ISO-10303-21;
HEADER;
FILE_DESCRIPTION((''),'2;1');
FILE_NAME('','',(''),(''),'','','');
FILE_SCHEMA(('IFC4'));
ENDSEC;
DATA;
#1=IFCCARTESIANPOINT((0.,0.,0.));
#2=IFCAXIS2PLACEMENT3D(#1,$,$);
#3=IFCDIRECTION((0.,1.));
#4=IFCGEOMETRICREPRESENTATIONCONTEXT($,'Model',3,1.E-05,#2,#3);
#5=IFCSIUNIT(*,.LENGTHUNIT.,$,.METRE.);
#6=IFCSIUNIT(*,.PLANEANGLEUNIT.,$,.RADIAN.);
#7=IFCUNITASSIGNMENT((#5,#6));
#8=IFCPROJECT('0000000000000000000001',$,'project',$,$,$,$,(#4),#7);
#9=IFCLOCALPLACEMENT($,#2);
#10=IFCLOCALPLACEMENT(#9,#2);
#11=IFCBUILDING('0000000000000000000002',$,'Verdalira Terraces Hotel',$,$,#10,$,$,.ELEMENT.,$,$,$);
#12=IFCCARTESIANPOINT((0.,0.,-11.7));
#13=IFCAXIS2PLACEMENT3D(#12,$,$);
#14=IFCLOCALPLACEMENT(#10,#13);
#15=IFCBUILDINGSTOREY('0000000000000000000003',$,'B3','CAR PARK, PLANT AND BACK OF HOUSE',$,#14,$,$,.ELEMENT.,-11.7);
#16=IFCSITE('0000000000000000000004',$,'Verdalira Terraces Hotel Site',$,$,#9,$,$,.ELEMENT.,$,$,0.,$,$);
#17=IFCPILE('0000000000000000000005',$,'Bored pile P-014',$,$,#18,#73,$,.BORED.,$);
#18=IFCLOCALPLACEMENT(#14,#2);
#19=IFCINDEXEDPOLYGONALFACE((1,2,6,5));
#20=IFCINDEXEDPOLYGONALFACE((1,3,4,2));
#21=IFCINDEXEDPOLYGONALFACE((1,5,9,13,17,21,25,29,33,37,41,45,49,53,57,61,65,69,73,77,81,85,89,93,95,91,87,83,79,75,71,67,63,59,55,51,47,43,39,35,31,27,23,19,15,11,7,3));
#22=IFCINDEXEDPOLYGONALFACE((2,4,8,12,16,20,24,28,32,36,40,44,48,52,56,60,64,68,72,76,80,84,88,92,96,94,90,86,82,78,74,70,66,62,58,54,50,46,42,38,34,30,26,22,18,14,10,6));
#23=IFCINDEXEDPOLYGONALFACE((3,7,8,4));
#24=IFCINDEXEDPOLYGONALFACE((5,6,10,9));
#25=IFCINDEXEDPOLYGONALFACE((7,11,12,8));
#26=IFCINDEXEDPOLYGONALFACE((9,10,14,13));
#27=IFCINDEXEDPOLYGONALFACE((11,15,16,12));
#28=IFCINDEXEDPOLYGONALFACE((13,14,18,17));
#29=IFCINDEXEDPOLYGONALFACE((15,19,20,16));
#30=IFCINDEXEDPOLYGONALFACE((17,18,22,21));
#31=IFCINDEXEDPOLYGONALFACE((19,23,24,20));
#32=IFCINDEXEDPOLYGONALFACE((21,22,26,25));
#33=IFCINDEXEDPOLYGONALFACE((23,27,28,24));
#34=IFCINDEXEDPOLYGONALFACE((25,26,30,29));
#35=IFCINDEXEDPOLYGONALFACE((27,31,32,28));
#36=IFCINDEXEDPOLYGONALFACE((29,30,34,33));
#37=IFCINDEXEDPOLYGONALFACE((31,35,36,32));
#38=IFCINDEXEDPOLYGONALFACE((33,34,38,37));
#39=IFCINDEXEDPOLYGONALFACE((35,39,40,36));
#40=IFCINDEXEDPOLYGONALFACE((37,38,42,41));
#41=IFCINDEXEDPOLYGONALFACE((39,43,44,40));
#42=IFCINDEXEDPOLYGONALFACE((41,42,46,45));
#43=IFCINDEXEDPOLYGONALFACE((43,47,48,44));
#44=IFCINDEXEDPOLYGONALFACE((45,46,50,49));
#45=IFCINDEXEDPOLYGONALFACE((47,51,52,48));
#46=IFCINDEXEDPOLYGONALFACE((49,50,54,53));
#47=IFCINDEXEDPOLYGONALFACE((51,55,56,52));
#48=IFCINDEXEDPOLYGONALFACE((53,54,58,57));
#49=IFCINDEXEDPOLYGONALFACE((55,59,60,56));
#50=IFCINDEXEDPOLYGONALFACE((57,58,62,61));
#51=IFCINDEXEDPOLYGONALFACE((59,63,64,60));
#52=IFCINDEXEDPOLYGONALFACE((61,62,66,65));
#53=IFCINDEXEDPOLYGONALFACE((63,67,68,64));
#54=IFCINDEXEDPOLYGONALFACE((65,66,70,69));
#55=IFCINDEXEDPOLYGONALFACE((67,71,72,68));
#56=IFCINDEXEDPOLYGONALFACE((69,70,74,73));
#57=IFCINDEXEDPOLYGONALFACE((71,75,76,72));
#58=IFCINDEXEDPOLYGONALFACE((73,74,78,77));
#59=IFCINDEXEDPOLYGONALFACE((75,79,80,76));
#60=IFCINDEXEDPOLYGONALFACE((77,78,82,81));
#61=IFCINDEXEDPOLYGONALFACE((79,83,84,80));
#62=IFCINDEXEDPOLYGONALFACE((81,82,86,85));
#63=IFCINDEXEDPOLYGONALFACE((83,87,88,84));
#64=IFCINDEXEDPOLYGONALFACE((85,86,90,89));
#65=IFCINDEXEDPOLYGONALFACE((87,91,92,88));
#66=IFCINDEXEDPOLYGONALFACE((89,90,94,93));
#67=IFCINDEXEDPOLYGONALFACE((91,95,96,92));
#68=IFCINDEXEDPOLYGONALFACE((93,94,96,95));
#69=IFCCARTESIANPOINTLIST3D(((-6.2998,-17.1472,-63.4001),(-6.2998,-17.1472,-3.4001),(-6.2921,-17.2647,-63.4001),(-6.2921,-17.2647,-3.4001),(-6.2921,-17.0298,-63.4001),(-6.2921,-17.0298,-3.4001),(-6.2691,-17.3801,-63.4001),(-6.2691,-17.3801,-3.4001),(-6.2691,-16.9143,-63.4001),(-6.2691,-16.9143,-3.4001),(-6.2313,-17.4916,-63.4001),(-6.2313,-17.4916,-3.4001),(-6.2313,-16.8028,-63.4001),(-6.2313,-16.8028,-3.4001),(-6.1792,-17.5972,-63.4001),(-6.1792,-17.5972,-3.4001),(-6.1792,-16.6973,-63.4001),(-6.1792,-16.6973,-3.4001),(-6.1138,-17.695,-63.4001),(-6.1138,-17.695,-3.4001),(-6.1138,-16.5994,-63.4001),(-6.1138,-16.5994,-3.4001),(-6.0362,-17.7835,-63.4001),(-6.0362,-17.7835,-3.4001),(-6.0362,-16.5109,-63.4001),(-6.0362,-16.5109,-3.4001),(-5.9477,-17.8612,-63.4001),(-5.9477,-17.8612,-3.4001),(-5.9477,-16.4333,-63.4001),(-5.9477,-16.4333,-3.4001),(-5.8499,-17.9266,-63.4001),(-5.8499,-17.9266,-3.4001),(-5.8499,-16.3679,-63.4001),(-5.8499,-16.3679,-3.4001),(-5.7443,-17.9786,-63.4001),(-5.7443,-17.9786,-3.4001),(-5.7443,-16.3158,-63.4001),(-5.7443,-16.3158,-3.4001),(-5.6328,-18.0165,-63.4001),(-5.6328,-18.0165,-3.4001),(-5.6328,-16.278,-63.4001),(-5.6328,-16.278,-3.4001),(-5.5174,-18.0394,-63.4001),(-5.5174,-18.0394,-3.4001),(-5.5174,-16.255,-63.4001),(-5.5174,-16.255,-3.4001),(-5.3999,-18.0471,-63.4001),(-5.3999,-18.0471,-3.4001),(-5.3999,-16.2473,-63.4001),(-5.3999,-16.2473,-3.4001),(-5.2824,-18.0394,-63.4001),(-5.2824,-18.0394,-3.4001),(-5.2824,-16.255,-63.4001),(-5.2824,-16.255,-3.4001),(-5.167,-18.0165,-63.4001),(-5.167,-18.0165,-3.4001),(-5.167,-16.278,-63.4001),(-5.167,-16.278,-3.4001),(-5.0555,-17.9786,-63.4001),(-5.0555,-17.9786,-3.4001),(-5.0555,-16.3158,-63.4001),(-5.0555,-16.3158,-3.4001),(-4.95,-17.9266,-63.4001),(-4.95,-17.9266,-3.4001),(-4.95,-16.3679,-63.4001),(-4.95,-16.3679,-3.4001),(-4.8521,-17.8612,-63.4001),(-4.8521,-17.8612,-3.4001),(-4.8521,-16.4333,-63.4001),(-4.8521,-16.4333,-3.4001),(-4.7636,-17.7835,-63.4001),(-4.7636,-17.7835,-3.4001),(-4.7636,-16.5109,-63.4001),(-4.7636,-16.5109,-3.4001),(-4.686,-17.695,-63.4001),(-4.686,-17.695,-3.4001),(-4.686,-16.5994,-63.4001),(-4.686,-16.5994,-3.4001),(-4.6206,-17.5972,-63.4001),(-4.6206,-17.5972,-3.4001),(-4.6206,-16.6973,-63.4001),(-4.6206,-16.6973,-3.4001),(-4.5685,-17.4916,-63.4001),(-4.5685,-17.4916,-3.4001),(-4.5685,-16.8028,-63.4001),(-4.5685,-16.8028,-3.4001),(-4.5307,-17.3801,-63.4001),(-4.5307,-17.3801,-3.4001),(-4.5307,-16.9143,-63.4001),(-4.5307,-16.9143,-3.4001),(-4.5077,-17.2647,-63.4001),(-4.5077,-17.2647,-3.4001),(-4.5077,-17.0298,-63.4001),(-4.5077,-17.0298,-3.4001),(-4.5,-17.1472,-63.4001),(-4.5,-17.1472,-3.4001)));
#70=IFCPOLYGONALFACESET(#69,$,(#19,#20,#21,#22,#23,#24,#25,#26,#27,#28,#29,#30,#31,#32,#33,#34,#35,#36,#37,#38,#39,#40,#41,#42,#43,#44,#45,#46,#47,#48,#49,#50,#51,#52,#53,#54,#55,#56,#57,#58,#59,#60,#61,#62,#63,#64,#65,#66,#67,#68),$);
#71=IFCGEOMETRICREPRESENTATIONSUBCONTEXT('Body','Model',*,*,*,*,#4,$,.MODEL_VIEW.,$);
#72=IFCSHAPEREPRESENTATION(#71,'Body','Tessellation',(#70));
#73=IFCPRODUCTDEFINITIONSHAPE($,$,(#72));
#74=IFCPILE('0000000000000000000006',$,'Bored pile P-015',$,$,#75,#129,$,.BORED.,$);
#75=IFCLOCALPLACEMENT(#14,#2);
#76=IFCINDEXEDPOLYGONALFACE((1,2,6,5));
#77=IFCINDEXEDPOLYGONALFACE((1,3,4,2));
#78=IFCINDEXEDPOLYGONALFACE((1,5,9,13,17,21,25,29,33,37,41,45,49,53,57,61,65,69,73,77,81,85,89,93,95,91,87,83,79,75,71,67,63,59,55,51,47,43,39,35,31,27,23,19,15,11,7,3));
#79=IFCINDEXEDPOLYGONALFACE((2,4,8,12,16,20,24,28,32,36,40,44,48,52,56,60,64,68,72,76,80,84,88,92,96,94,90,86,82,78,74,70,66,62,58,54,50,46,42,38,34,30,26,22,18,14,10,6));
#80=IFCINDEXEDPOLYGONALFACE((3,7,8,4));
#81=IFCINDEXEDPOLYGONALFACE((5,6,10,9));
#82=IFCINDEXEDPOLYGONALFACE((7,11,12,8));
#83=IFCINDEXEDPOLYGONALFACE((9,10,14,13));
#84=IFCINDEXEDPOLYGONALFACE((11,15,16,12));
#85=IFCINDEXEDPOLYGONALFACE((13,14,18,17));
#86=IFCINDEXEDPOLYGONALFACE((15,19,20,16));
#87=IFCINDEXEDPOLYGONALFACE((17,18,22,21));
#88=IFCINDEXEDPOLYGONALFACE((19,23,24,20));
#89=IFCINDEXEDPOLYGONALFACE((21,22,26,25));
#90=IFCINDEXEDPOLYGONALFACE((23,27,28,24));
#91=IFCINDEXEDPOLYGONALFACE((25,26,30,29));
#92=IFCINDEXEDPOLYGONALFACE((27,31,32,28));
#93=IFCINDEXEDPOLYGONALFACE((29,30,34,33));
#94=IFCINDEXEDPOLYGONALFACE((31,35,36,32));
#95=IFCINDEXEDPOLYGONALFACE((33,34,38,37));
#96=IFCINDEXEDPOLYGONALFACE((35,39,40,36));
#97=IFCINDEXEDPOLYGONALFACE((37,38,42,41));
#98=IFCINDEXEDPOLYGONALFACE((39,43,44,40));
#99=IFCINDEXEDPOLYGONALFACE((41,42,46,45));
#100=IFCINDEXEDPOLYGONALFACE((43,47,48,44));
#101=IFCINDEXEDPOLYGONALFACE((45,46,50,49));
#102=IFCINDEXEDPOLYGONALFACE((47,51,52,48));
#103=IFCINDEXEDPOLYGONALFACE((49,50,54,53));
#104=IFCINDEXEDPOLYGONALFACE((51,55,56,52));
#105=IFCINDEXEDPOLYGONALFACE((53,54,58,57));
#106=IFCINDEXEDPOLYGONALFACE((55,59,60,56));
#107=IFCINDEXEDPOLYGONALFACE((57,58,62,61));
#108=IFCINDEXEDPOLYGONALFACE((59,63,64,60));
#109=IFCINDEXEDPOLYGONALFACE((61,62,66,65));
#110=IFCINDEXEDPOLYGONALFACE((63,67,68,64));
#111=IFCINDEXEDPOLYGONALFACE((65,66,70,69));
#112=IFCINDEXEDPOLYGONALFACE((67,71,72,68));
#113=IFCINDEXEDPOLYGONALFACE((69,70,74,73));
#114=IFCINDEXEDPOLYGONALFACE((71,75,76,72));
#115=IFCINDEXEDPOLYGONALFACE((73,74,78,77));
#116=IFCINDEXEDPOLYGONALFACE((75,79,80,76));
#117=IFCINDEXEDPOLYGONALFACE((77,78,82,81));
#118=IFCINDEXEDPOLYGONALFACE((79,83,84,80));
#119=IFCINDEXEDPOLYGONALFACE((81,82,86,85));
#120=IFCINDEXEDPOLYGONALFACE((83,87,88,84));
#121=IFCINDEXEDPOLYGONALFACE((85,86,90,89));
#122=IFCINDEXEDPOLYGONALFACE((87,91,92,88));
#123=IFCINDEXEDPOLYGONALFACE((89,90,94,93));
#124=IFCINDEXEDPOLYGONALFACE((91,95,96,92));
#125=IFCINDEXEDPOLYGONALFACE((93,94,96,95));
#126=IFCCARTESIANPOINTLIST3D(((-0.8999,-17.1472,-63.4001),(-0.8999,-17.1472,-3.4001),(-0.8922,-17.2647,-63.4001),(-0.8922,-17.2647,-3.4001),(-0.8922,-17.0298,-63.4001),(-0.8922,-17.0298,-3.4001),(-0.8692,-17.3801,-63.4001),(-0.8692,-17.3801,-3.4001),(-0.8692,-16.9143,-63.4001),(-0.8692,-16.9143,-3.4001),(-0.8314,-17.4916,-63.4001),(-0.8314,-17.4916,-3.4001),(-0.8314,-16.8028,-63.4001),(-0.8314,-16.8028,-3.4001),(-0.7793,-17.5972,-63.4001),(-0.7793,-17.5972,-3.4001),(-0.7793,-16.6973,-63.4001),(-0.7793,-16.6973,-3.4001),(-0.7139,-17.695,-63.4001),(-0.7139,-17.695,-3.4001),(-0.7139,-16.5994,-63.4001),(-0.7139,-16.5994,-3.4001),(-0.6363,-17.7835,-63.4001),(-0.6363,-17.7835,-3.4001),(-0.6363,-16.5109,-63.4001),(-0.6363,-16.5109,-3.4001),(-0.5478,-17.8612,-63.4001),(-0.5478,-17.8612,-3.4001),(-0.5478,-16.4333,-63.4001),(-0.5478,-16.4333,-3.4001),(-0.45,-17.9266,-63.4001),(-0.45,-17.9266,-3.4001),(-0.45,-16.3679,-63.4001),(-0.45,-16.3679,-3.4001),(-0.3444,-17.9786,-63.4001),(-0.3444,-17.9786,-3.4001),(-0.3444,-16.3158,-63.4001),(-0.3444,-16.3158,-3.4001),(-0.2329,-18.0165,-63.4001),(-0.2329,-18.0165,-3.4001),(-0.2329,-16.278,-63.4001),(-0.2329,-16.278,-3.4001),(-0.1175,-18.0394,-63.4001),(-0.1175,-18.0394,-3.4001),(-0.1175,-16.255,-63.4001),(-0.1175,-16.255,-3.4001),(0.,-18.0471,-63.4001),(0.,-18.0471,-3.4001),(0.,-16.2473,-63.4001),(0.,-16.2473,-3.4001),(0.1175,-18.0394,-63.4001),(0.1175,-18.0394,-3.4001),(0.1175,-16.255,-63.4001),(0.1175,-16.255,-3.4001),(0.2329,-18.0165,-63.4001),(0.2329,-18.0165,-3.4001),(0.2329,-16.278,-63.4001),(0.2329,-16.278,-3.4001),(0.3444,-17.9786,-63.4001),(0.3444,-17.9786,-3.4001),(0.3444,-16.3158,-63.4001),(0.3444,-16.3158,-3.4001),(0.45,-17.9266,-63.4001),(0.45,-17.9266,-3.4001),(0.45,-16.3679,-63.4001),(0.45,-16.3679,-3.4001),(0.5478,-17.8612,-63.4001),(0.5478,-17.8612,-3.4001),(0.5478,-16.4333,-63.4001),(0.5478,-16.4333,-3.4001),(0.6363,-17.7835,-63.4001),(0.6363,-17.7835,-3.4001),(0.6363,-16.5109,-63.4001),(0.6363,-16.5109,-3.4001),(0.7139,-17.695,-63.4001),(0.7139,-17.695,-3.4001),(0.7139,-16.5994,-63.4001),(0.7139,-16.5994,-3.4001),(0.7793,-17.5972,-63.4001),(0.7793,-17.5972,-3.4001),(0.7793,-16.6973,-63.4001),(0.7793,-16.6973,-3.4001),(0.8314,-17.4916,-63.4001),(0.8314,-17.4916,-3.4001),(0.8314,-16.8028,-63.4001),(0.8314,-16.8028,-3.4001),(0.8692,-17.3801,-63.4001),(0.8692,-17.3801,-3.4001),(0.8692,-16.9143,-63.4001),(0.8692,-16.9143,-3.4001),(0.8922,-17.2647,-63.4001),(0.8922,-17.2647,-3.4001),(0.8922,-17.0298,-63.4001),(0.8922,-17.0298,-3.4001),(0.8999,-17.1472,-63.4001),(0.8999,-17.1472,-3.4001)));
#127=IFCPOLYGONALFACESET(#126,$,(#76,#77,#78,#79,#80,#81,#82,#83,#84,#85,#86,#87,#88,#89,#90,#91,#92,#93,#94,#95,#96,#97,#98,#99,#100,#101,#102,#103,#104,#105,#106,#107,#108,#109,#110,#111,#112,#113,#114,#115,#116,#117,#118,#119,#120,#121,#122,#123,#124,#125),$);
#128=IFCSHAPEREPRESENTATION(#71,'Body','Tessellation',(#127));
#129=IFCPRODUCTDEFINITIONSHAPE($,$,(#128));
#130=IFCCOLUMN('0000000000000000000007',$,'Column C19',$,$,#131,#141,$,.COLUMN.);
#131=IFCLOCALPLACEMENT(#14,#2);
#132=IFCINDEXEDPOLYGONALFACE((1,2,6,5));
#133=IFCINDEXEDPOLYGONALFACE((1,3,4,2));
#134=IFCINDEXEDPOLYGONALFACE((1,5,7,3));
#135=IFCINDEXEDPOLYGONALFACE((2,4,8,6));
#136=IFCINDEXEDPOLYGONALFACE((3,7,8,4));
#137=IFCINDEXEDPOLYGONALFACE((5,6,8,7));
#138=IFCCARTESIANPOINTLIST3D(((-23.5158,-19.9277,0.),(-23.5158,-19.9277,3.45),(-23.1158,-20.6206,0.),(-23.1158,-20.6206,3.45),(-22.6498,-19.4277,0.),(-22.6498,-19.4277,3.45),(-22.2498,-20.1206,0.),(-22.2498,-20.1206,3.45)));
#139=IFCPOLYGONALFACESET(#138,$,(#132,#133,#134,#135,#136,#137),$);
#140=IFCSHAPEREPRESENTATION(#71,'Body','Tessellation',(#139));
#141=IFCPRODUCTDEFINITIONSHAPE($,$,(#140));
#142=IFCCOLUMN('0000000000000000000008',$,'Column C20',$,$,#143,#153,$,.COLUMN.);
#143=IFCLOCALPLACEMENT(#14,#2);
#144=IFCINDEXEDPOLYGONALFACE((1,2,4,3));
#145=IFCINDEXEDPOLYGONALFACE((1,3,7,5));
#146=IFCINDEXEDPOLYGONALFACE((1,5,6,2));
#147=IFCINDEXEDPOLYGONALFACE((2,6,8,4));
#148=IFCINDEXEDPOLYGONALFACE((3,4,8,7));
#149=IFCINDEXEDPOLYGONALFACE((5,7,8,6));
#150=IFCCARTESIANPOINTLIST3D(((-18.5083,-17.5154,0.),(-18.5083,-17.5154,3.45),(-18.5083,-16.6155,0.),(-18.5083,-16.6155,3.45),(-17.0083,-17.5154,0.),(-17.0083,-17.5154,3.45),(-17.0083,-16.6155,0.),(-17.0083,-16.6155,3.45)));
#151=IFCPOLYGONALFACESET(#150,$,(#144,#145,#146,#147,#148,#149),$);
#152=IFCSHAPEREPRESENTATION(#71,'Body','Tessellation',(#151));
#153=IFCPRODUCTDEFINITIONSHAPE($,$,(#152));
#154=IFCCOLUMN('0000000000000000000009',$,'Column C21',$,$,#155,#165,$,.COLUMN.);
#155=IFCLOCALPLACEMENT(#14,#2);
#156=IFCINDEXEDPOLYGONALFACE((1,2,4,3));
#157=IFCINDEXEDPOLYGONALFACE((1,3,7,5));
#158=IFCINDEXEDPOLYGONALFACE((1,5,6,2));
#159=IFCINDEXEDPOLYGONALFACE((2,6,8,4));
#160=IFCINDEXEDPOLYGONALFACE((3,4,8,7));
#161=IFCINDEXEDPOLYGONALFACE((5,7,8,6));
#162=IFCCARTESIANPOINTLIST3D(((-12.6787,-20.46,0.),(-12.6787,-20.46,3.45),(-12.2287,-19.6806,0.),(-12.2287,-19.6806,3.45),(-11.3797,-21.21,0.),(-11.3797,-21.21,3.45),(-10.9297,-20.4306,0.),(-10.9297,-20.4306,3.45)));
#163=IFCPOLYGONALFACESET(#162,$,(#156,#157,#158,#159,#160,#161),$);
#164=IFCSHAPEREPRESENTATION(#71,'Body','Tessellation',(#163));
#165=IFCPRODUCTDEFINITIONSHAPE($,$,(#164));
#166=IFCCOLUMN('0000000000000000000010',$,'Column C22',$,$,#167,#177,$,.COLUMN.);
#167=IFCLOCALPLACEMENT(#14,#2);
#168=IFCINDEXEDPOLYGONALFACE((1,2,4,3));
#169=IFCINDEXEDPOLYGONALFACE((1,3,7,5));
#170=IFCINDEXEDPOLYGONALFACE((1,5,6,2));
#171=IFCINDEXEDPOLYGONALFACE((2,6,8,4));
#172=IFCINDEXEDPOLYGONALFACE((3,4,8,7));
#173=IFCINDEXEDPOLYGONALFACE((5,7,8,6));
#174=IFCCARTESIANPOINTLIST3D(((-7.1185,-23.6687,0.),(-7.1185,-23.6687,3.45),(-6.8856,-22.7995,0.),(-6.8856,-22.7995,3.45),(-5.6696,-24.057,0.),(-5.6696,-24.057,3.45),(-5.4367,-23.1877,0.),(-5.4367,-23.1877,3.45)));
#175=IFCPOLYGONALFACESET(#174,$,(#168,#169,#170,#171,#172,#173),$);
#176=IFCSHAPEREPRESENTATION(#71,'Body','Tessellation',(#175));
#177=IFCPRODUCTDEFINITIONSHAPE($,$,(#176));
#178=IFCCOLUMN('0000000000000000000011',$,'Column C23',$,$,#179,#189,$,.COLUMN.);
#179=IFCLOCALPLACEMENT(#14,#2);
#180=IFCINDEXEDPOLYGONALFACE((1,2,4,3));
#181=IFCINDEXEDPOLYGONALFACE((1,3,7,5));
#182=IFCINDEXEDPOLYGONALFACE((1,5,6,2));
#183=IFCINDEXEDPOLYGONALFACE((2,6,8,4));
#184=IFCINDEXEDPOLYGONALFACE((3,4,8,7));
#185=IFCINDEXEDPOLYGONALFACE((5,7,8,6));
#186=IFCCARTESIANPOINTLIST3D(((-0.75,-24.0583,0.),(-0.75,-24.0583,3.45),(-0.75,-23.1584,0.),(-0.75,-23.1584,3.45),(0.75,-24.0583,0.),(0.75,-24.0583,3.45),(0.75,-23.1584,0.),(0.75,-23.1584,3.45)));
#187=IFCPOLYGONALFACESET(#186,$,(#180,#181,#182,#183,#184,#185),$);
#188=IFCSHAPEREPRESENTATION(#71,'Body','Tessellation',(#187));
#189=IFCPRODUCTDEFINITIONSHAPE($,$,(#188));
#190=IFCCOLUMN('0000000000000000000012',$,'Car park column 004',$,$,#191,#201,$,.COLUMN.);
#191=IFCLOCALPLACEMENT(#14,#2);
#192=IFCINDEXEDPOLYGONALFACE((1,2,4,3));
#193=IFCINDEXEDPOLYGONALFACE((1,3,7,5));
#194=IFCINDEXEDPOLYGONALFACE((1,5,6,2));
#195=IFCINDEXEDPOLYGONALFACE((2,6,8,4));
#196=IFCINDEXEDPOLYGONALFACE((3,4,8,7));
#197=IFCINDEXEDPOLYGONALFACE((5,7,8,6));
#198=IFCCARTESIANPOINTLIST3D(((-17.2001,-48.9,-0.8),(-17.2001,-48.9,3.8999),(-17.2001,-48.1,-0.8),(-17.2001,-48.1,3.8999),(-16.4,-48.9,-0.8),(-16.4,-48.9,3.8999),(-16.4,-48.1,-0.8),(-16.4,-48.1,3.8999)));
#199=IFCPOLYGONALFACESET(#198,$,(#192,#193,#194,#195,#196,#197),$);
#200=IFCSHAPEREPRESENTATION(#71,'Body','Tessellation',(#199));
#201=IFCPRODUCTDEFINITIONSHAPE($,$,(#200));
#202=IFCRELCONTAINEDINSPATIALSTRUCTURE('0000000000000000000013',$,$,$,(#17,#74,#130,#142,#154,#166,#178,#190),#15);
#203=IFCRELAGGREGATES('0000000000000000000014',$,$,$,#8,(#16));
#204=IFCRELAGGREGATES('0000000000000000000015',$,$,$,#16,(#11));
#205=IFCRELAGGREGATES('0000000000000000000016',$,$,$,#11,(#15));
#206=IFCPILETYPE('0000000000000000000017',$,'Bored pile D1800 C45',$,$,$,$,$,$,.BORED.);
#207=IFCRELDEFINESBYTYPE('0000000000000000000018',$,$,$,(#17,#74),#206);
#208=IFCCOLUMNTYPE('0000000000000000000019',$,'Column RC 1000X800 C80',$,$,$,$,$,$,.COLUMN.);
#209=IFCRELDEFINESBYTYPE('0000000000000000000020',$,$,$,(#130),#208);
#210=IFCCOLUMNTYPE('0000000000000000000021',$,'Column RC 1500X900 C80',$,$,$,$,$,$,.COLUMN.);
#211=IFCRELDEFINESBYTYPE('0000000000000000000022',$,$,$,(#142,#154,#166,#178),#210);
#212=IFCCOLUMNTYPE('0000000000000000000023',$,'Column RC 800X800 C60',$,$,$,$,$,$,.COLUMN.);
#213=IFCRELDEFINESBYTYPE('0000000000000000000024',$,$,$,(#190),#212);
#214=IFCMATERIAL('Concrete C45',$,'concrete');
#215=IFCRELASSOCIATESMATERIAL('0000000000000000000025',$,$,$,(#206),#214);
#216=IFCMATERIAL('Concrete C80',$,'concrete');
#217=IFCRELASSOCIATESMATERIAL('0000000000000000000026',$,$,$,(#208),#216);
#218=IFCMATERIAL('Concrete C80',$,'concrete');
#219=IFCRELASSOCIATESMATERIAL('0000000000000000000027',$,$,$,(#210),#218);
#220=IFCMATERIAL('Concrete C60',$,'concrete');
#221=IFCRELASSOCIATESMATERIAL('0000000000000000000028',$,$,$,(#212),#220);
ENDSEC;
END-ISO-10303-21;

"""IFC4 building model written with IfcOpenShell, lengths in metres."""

from ifc_helpers import new_model, si_unit, direction, frame, origin, origin_2d, place, context, subcontext, project, spatial, rectangle, circle, extrude, material, material_profile, profile_set, type_object, element, save


model = new_model("IFC4")

# Units and contexts
model_context = context("Model", 3, precision=1e-05, world=origin(), true_north=direction((0.0, 1.0)))
body_context = subcontext(model_context, "Body", "Model", "MODEL_VIEW")
ifc_project = project(units=[si_unit("LENGTHUNIT", "METRE"), si_unit("PLANEANGLEUNIT", "RADIAN")], contexts=[model_context])

# Site, building, storey
site_placement = place(None, origin())
site = spatial("IfcSite", under=ifc_project, at=site_placement, Name="Verdalira Terraces Hotel Site", CompositionType="ELEMENT", RefElevation=0.0)
building_placement = place(site_placement, origin())
building = spatial("IfcBuilding", under=site, at=building_placement, Name="Verdalira Terraces Hotel", CompositionType="ELEMENT")
storey_placement = place(building_placement, frame((0.0, 0.0, -11.7)))
storey = spatial("IfcBuildingStorey", under=building, at=storey_placement, Name="B3", Description="CAR PARK, PLANT AND BACK OF HOUSE", CompositionType="ELEMENT", Elevation=-11.7)

# Piles
ifc_material_1 = material(Name="Concrete C45", Category="concrete")
ifc_material_profile_1 = material_profile(ifc_material_1, circle(Radius=0.8999, at=origin_2d()), Name="D1800")
ifc_profile_set_1 = profile_set([ifc_material_profile_1], Name="Concrete C45")
pile_type = type_object("IfcPileType", Name="Bored pile D1800 C45", PredefinedType="BORED", material=ifc_profile_set_1)
for number, where, z_axis, x_axis, name in (
    (1, (-5.3999, -17.1472, -3.4001), (0.0, 0.0, -1.0), (1.0, 0.0, 0.0), "Bored pile P-014"),
    (2, (0.0, -17.1472, -3.4001), (0.0, 0.0, -1.0), (1.0, 0.0, 0.0), "Bored pile P-015"),
):
    element("IfcPile", number, at=place(storey_placement, frame(where, z_axis=z_axis, x_axis=x_axis)), inside=storey, type_object=pile_type, Name=name, PredefinedType="BORED", context=body_context, shape_type="SweptSolid", body=[
        extrude(circle(Radius=0.8999, at=origin_2d()), origin(), (0.0, 0.0, 1.0), 60.0),
    ])

# Columns
ifc_material_2 = material(Name="Concrete C80", Category="concrete")
ifc_material_profile_2 = material_profile(ifc_material_2, rectangle(XDim=1.0, YDim=0.8, at=origin_2d()), Name="RC 1000X800")
ifc_profile_set_2 = profile_set([ifc_material_profile_2], Name="Concrete C80")
column_type_1 = type_object("IfcColumnType", Name="Column RC 1000X800 C80", PredefinedType="COLUMN", material=ifc_profile_set_2)
column_placement = place(storey_placement, frame((-22.8828, -20.0242, 0.0), z_axis=(0.0, 0.0, 1.0), x_axis=(0.866025, 0.5, 0.0)))
element("IfcColumn", 3, at=column_placement, inside=storey, type_object=column_type_1, Name="Column C19", PredefinedType="COLUMN", context=body_context, shape_type="SweptSolid", body=[
    extrude(rectangle(XDim=1.0, YDim=0.8, at=origin_2d()), origin(), (0.0, 0.0, 1.0), 3.45),
])
ifc_material_3 = material(Name="Concrete C80", Category="concrete")
ifc_material_profile_3 = material_profile(ifc_material_3, rectangle(XDim=1.5, YDim=0.8999, at=origin_2d()), Name="RC 1500X900")
ifc_profile_set_3 = profile_set([ifc_material_profile_3], Name="Concrete C80")
column_type_2 = type_object("IfcColumnType", Name="Column RC 1500X900 C80", PredefinedType="COLUMN", material=ifc_profile_set_3)
for number, where, z_axis, x_axis, name in (
    (4, (-17.7583, -17.0654, 0.0), (0.0, 0.0, 1.0), (-1.0, 0.0, 0.0), "Column C20"),
    (5, (-11.8042, -20.4453, 0.0), (0.0, 0.0, 1.0), (0.866025, -0.5, 0.0), "Column C21"),
    (6, (-6.2776, -23.4282, 0.0), (0.0, 0.0, 1.0), (-0.965926, 0.258819, 0.0), "Column C22"),
    (7, (0.0, -23.6084, 0.0), (0.0, 0.0, 1.0), (1.0, 0.0, 0.0), "Column C23"),
):
    element("IfcColumn", number, at=place(storey_placement, frame(where, z_axis=z_axis, x_axis=x_axis)), inside=storey, type_object=column_type_2, Name=name, PredefinedType="COLUMN", context=body_context, shape_type="SweptSolid", body=[
        extrude(rectangle(XDim=1.5, YDim=0.8999, at=origin_2d()), origin(), (0.0, 0.0, 1.0), 3.45),
    ])
ifc_material_4 = material(Name="Concrete C60", Category="concrete")
ifc_material_profile_4 = material_profile(ifc_material_4, rectangle(XDim=0.8, YDim=0.8, at=origin_2d()), Name="RC 800X800")
ifc_profile_set_4 = profile_set([ifc_material_profile_4], Name="Concrete C60")
column_type_3 = type_object("IfcColumnType", Name="Column RC 800X800 C60", PredefinedType="COLUMN", material=ifc_profile_set_4)
for number, where, z_axis, x_axis, name in (
    (8, (-16.8, -48.5, -0.8), (0.0, 0.0, 1.0), (1.0, 0.0, 0.0), "Car park column 004"),
):
    element("IfcColumn", number, at=place(storey_placement, frame(where, z_axis=z_axis, x_axis=x_axis)), inside=storey, type_object=column_type_3, Name=name, PredefinedType="COLUMN", context=body_context, shape_type="SweptSolid", body=[
        extrude(rectangle(XDim=0.8, YDim=0.8, at=origin_2d()), origin(), (0.0, 0.0, 1.0), 4.7),
    ])

save(model, "model.ifc")
